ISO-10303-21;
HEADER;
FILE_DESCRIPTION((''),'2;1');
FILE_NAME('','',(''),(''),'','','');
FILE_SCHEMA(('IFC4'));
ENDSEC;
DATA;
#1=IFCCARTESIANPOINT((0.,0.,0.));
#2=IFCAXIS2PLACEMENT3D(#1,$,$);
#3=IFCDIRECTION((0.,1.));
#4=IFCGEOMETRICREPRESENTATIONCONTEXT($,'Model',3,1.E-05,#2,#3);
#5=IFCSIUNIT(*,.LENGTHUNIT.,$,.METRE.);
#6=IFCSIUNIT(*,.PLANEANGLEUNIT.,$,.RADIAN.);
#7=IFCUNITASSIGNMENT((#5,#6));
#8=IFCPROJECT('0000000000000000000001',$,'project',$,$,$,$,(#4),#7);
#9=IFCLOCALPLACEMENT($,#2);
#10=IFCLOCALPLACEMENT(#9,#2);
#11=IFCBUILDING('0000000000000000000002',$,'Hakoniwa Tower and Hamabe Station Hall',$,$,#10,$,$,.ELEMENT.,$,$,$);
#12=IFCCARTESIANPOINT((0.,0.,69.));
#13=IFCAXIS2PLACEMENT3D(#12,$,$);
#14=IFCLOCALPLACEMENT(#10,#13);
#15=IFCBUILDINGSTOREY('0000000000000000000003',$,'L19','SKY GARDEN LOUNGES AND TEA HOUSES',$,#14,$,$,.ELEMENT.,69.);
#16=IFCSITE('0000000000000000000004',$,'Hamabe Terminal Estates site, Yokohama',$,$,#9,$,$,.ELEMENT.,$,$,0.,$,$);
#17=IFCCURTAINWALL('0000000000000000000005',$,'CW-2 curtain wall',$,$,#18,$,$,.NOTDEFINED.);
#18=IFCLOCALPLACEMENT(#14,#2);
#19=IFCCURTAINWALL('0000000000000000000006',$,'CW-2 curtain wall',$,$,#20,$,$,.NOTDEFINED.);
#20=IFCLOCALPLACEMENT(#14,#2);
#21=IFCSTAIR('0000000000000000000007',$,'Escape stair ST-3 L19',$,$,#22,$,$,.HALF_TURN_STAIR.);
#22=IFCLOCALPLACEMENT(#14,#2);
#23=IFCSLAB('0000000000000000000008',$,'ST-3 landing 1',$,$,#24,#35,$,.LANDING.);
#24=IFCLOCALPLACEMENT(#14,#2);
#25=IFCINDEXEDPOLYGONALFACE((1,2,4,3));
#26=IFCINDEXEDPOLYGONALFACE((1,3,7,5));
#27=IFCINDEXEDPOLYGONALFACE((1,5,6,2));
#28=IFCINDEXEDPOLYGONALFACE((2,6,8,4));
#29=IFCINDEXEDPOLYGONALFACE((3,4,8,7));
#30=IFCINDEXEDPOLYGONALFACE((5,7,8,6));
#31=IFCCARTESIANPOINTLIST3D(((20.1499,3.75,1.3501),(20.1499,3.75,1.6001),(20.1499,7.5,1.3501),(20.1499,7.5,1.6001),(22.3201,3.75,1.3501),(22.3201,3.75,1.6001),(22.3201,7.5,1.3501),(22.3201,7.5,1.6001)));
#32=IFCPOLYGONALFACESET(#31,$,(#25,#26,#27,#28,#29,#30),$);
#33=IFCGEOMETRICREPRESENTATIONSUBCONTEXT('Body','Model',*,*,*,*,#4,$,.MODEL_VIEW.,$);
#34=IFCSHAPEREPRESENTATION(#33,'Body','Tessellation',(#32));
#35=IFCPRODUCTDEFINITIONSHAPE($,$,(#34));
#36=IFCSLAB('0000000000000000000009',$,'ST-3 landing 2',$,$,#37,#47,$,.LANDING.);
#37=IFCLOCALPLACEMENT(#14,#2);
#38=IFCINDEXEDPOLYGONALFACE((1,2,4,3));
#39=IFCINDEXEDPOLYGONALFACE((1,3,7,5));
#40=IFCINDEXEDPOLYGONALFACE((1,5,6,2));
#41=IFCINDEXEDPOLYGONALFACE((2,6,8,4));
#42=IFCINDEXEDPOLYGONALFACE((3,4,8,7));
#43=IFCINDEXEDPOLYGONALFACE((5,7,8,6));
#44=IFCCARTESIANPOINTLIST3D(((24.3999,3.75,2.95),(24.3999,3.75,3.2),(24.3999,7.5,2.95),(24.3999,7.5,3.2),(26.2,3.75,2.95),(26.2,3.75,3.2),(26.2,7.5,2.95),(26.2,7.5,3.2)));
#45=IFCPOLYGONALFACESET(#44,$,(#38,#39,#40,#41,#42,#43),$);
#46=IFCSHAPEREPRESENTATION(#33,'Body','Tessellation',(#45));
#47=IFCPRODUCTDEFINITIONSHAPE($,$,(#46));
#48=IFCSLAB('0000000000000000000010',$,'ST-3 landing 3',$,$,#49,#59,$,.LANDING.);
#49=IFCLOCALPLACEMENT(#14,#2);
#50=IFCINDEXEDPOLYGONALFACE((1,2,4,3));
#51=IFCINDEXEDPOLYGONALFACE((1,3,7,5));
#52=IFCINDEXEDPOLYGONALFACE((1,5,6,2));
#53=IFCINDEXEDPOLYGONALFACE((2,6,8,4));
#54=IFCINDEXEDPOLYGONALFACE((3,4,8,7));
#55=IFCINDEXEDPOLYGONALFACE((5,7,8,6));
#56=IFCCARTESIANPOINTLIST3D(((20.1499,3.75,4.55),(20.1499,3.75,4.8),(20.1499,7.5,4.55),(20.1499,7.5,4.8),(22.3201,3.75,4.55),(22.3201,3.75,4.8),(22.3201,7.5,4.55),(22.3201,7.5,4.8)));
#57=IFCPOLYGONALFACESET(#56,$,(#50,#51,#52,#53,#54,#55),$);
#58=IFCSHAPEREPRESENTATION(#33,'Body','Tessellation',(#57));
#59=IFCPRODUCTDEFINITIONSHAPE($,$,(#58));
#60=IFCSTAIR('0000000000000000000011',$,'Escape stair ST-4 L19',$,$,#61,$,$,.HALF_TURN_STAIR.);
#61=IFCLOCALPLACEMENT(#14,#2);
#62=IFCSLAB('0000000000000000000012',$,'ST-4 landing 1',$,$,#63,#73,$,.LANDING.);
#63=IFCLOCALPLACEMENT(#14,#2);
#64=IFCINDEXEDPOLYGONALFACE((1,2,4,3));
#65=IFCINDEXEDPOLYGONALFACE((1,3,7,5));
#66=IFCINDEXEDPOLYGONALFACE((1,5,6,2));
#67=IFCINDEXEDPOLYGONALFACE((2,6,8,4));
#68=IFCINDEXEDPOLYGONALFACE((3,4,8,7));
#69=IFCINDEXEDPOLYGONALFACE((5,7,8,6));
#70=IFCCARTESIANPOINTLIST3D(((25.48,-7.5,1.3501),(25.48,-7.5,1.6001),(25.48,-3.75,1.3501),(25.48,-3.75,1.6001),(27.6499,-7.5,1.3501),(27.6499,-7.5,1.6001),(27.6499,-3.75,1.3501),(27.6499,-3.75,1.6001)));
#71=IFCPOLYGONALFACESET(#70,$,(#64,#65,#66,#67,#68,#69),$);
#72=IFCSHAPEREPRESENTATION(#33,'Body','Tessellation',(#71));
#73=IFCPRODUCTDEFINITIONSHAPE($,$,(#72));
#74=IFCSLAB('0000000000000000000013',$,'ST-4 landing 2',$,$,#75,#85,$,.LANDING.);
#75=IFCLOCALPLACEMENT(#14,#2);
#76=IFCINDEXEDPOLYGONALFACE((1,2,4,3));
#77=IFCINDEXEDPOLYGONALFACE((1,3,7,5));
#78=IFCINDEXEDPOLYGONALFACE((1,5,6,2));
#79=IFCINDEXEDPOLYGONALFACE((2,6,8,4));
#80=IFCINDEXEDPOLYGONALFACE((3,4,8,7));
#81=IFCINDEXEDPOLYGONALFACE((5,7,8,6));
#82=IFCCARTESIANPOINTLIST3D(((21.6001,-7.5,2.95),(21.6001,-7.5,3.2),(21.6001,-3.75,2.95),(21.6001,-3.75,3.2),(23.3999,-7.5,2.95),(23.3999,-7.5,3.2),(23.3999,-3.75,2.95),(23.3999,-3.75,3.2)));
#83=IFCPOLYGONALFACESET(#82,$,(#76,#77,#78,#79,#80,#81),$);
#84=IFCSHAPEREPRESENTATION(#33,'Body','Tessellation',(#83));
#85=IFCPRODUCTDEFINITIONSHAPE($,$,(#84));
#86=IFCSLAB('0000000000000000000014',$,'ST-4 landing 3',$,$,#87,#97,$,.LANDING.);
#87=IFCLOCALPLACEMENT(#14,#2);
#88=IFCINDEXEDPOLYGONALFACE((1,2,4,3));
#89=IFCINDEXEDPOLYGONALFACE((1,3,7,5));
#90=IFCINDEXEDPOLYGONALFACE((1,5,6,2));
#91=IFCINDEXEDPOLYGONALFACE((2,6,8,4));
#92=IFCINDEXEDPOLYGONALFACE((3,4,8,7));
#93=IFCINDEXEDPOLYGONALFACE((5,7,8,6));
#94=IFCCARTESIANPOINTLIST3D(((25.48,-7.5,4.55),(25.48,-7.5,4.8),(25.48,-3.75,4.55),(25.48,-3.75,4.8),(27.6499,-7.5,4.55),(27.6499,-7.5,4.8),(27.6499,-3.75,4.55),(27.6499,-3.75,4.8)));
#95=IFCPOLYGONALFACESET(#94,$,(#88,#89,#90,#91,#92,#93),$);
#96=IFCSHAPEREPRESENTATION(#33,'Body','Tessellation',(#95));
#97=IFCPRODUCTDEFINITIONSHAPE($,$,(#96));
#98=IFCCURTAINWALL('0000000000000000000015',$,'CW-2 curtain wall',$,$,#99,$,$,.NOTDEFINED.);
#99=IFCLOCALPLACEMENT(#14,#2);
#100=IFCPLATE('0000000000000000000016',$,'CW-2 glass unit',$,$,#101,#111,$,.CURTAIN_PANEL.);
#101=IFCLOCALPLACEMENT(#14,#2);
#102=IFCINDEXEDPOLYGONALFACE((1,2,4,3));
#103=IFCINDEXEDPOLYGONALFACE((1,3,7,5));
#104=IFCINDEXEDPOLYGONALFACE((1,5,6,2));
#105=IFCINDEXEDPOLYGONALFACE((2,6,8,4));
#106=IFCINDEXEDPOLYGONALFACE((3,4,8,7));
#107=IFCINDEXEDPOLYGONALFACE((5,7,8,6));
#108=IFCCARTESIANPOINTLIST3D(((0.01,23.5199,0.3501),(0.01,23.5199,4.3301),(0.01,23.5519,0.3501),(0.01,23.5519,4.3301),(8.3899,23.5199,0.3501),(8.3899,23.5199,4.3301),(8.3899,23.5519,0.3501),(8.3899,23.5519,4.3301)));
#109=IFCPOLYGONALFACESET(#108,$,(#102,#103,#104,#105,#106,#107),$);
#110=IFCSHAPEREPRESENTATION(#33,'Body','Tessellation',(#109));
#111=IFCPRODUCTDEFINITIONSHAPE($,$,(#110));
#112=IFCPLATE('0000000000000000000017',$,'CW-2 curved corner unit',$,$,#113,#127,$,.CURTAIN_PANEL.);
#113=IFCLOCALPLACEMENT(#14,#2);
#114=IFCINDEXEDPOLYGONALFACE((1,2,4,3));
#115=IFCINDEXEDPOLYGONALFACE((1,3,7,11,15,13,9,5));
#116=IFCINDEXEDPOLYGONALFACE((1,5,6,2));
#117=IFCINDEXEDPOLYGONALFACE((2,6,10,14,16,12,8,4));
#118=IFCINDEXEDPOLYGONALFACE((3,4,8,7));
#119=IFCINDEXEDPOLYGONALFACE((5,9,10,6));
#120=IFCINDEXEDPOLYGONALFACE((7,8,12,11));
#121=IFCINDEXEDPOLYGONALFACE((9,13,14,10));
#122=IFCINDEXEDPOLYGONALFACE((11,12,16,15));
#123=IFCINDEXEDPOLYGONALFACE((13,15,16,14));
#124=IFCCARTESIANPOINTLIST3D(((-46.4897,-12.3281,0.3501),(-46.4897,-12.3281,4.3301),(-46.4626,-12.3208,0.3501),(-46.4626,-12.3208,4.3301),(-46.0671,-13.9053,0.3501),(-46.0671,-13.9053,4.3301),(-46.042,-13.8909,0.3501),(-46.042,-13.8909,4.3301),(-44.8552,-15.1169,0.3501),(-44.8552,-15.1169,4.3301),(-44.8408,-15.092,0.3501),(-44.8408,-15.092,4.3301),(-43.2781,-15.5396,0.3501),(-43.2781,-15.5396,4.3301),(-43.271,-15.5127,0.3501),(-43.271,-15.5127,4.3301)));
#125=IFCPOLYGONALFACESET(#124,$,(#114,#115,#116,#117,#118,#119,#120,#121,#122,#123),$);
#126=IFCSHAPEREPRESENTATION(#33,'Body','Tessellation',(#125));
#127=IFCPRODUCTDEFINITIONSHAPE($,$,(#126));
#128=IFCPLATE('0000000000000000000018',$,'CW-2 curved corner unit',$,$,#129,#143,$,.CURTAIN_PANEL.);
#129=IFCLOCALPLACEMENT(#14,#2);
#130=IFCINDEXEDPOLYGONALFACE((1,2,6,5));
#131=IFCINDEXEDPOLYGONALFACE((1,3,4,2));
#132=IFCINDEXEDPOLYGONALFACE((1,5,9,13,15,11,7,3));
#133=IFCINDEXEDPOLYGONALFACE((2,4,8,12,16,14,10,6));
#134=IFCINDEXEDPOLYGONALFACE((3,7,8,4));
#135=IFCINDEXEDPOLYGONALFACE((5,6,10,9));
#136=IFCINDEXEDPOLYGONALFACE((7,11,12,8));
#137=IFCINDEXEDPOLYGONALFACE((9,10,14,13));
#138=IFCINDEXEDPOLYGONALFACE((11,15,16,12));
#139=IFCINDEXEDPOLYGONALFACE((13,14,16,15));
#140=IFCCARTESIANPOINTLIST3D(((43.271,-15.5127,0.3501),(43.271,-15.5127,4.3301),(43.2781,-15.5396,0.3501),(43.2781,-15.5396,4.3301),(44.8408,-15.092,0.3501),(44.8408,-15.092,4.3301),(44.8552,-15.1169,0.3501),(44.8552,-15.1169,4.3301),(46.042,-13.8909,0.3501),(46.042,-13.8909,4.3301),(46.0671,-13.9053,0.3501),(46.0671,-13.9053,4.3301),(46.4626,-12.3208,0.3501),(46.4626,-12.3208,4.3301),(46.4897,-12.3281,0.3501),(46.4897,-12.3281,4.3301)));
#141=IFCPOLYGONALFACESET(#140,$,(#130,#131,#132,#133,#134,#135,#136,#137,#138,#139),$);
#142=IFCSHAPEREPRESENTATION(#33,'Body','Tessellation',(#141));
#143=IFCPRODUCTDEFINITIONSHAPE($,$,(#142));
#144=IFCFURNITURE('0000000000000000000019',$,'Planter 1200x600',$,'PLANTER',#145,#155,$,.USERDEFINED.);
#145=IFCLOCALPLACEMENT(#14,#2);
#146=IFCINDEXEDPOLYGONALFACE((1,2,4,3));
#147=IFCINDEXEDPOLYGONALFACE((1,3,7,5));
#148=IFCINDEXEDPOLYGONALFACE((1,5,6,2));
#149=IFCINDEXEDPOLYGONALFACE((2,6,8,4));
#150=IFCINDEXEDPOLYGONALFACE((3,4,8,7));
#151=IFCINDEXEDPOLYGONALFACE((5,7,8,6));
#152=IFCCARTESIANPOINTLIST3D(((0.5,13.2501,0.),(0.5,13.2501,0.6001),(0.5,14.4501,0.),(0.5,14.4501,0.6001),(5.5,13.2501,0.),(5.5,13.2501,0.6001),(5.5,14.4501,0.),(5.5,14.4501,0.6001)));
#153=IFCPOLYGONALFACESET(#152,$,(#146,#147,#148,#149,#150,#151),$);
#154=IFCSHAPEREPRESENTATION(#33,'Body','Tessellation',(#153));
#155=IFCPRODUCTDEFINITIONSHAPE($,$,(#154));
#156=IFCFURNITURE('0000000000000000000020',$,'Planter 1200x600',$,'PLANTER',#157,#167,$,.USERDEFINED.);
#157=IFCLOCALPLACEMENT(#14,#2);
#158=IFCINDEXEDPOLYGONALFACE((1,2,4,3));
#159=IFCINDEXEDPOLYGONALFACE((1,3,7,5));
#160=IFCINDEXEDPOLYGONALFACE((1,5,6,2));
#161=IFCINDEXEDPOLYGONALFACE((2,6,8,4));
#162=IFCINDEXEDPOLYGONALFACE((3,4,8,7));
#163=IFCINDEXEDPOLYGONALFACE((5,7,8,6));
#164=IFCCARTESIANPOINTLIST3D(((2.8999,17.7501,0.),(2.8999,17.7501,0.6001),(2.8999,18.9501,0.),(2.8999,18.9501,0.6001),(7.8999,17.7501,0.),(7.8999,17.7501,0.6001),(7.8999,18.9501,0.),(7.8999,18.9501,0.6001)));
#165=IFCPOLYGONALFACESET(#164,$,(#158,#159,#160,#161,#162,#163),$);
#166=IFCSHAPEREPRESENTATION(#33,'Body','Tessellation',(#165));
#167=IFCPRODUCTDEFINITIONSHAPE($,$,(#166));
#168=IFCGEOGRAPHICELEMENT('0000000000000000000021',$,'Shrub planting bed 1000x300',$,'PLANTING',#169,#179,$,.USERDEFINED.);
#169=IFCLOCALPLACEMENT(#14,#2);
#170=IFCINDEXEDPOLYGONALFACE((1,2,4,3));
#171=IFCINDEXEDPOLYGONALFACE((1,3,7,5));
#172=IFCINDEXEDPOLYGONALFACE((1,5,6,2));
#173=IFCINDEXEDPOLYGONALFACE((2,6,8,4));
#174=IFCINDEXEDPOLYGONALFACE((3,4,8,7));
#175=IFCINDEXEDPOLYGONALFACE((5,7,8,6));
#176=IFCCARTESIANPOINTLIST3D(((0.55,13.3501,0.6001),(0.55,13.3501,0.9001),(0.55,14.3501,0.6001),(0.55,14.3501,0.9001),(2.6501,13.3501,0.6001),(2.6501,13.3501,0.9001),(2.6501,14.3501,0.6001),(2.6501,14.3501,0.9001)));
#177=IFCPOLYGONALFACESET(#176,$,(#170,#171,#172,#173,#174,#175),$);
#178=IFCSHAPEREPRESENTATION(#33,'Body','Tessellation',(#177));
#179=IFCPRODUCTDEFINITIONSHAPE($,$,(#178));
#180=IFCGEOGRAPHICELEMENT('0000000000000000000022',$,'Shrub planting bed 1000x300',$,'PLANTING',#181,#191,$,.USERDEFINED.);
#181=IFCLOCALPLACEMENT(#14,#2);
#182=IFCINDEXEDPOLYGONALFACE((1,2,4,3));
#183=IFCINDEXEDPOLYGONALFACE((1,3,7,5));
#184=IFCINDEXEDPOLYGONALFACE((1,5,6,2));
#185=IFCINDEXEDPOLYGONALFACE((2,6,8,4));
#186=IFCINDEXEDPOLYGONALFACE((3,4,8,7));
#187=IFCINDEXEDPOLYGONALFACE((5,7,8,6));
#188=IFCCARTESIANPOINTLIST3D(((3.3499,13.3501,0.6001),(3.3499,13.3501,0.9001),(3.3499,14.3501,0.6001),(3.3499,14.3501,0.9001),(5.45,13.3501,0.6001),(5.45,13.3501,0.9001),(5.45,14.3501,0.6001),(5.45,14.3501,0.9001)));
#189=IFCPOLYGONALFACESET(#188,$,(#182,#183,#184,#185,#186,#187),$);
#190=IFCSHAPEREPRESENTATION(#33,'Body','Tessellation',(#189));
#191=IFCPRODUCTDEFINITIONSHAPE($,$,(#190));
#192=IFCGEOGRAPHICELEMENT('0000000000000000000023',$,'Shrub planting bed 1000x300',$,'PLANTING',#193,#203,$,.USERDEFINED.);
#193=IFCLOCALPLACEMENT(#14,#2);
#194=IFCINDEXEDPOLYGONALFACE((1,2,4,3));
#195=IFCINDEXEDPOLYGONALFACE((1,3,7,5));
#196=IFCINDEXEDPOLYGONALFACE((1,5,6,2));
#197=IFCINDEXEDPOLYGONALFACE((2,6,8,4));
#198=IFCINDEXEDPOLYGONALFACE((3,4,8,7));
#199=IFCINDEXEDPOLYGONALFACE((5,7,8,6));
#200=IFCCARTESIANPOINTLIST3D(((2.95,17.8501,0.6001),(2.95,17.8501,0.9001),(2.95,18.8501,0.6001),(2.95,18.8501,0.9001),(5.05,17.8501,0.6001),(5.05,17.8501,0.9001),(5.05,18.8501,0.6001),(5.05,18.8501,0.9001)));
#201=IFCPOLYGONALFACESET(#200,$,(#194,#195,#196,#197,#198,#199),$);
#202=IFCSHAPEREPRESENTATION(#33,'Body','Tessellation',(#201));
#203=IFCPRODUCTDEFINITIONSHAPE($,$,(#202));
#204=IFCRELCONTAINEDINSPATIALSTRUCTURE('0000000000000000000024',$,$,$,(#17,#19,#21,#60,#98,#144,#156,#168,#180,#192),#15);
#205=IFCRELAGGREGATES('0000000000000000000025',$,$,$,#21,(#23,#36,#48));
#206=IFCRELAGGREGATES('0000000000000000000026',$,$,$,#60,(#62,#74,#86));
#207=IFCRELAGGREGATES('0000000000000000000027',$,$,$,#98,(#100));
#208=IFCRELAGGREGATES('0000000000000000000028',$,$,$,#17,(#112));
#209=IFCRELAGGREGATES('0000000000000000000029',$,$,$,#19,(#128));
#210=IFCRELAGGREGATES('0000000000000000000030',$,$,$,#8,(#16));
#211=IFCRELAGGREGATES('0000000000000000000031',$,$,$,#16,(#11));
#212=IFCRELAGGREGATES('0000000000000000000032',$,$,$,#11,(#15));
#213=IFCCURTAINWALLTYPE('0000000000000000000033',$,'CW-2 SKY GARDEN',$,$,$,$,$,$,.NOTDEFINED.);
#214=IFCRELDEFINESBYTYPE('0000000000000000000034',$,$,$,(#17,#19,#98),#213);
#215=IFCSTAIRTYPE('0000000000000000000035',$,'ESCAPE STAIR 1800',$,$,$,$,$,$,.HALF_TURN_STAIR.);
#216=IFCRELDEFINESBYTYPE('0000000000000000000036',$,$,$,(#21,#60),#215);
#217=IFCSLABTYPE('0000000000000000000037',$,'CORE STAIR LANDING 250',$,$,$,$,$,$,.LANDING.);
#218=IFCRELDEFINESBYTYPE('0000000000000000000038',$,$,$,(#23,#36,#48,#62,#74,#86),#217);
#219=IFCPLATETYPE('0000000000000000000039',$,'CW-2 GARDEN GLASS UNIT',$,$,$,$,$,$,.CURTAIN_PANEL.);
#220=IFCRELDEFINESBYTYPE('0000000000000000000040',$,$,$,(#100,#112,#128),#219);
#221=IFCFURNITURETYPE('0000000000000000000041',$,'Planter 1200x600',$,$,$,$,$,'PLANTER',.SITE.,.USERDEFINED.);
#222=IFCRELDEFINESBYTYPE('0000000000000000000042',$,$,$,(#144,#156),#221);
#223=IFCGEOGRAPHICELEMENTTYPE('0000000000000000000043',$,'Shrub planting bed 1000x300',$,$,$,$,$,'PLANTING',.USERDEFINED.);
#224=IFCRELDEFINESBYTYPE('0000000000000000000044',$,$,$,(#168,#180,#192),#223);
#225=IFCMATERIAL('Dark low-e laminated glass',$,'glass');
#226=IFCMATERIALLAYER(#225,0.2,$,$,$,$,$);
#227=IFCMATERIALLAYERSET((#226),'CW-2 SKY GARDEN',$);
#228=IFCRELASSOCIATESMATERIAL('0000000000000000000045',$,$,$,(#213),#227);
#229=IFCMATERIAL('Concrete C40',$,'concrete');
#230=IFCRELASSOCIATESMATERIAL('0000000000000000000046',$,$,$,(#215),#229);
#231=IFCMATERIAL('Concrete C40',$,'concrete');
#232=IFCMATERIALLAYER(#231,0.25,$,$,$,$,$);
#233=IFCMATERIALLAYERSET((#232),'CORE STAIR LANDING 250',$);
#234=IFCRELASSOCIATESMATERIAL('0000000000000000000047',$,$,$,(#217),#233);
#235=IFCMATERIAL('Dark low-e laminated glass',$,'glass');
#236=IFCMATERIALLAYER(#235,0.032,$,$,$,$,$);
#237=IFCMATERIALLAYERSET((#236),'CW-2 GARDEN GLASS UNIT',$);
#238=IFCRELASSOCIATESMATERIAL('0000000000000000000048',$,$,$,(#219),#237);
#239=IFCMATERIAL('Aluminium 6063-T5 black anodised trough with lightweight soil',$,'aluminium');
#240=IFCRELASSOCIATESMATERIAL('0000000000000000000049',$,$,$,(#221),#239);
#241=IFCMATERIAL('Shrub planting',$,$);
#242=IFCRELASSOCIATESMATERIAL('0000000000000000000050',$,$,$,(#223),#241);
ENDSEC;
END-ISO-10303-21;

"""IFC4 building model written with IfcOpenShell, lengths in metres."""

from ifc_helpers import new_model, si_unit, direction, frame, origin, origin_2d, place, context, subcontext, project, spatial, polyline, rectangle, outline, extrude, material, layer, layer_set, type_object, element, aggregate, save


model = new_model("IFC4")

# Units and contexts
model_context = context("Model", 3, precision=1e-05, world=origin(), true_north=direction((0.0, 1.0)))
body_context = subcontext(model_context, "Body", "Model", "MODEL_VIEW")
ifc_project = project(units=[si_unit("LENGTHUNIT", "METRE"), si_unit("PLANEANGLEUNIT", "RADIAN")], contexts=[model_context])

# Site, building, storey
site_placement = place(None, origin())
site = spatial("IfcSite", under=ifc_project, at=site_placement, Name="Hamabe Terminal Estates site, Yokohama", CompositionType="ELEMENT", RefElevation=0.0)
building_placement = place(site_placement, origin())
building = spatial("IfcBuilding", under=site, at=building_placement, Name="Hakoniwa Tower and Hamabe Station Hall", CompositionType="ELEMENT")
storey_placement = place(building_placement, frame((0.0, 0.0, 69.0)))
storey = spatial("IfcBuildingStorey", under=building, at=storey_placement, Name="L19", Description="SKY GARDEN LOUNGES AND TEA HOUSES", CompositionType="ELEMENT", Elevation=69.0)

# Curtain walls
ifc_material_1 = material(Name="Dark low-e laminated glass", Category="glass")
ifc_layer_1 = layer(ifc_material_1, 0.2)
ifc_layer_set_1 = layer_set([ifc_layer_1], Name="CW-2 SKY GARDEN")
curtain_wall_type = type_object("IfcCurtainWallType", Name="CW-2 SKY GARDEN", PredefinedType="NOTDEFINED", material=ifc_layer_set_1)
curtain_wall_1_placement = place(storey_placement, origin())
curtain_wall_1 = element("IfcCurtainWall", 1, at=curtain_wall_1_placement, inside=storey, type_object=curtain_wall_type, Name="CW-2 curtain wall", PredefinedType="NOTDEFINED")
curtain_wall_2_placement = place(storey_placement, origin())
curtain_wall_2 = element("IfcCurtainWall", 2, at=curtain_wall_2_placement, inside=storey, type_object=curtain_wall_type, Name="CW-2 curtain wall", PredefinedType="NOTDEFINED")

# Stairs, slabs
ifc_material_2 = material(Name="Concrete C40", Category="concrete")
stair_type = type_object("IfcStairType", Name="ESCAPE STAIR 1800", PredefinedType="HALF_TURN_STAIR", material=ifc_material_2)
ifc_material_3 = material(Name="Concrete C40", Category="concrete")
ifc_layer_2 = layer(ifc_material_3, 0.25)
ifc_layer_set_2 = layer_set([ifc_layer_2], Name="CORE STAIR LANDING 250")
slab_type = type_object("IfcSlabType", Name="CORE STAIR LANDING 250", PredefinedType="LANDING", material=ifc_layer_set_2)
stair_1_placement = place(storey_placement, origin())
stair_1 = element("IfcStair", 3, at=stair_1_placement, inside=storey, type_object=stair_type, Name="Escape stair ST-3 L19", PredefinedType="HALF_TURN_STAIR")
slab_1_placement = place(storey_placement, frame((0.0, 0.0, 1.3501)))
slab_1 = element("IfcSlab", 4, at=slab_1_placement, type_object=slab_type, Name="ST-3 landing 1", PredefinedType="LANDING", context=body_context, shape_type="SweptSolid", body=[
    extrude(outline(polyline([(22.3201, 3.75), (20.1499, 3.75), (20.1499, 7.5), (22.3201, 7.5), (22.3201, 3.75)])), origin(), (0.0, 0.0, 1.0), 0.25),
])
slab_2_placement = place(storey_placement, frame((0.0, 0.0, 2.95)))
slab_2 = element("IfcSlab", 5, at=slab_2_placement, type_object=slab_type, Name="ST-3 landing 2", PredefinedType="LANDING", context=body_context, shape_type="SweptSolid", body=[
    extrude(outline(polyline([(26.2, 3.75), (24.3999, 3.75), (24.3999, 7.5), (26.2, 7.5), (26.2, 3.75)])), origin(), (0.0, 0.0, 1.0), 0.25),
])
slab_3_placement = place(storey_placement, frame((0.0, 0.0, 4.55)))
slab_3 = element("IfcSlab", 6, at=slab_3_placement, type_object=slab_type, Name="ST-3 landing 3", PredefinedType="LANDING", context=body_context, shape_type="SweptSolid", body=[
    extrude(outline(polyline([(22.3201, 3.75), (20.1499, 3.75), (20.1499, 7.5), (22.3201, 7.5), (22.3201, 3.75)])), origin(), (0.0, 0.0, 1.0), 0.25),
])
aggregate(stair_1, [slab_1, slab_2, slab_3])
stair_2_placement = place(storey_placement, origin())
stair_2 = element("IfcStair", 7, at=stair_2_placement, inside=storey, type_object=stair_type, Name="Escape stair ST-4 L19", PredefinedType="HALF_TURN_STAIR")
slab_4_placement = place(storey_placement, frame((0.0, 0.0, 1.3501)))
slab_4 = element("IfcSlab", 8, at=slab_4_placement, type_object=slab_type, Name="ST-4 landing 1", PredefinedType="LANDING", context=body_context, shape_type="SweptSolid", body=[
    extrude(outline(polyline([(25.48, -7.5), (27.6499, -7.5), (27.6499, -3.75), (25.48, -3.75), (25.48, -7.5)])), origin(), (0.0, 0.0, 1.0), 0.25),
])
slab_5_placement = place(storey_placement, frame((0.0, 0.0, 2.95)))
slab_5 = element("IfcSlab", 9, at=slab_5_placement, type_object=slab_type, Name="ST-4 landing 2", PredefinedType="LANDING", context=body_context, shape_type="SweptSolid", body=[
    extrude(outline(polyline([(21.6001, -7.5), (23.3999, -7.5), (23.3999, -3.75), (21.6001, -3.75), (21.6001, -7.5)])), origin(), (0.0, 0.0, 1.0), 0.25),
])
slab_6_placement = place(storey_placement, frame((0.0, 0.0, 4.55)))
slab_6 = element("IfcSlab", 10, at=slab_6_placement, type_object=slab_type, Name="ST-4 landing 3", PredefinedType="LANDING", context=body_context, shape_type="SweptSolid", body=[
    extrude(outline(polyline([(25.48, -7.5), (27.6499, -7.5), (27.6499, -3.75), (25.48, -3.75), (25.48, -7.5)])), origin(), (0.0, 0.0, 1.0), 0.25),
])
aggregate(stair_2, [slab_4, slab_5, slab_6])

# Curtain wall, plate
curtain_wall_3_placement = place(storey_placement, origin())
curtain_wall_3 = element("IfcCurtainWall", 11, at=curtain_wall_3_placement, inside=storey, type_object=curtain_wall_type, Name="CW-2 curtain wall", PredefinedType="NOTDEFINED")
ifc_material_4 = material(Name="Dark low-e laminated glass", Category="glass")
ifc_layer_3 = layer(ifc_material_4, 0.032)
ifc_layer_set_3 = layer_set([ifc_layer_3], Name="CW-2 GARDEN GLASS UNIT")
plate_type = type_object("IfcPlateType", Name="CW-2 GARDEN GLASS UNIT", PredefinedType="CURTAIN_PANEL", material=ifc_layer_set_3)
plate_1_placement = place(storey_placement, frame((4.2, 23.5359, 0.3501), z_axis=(0.0, 0.0, 1.0), x_axis=(-1.0, 0.0, 0.0)))
plate_1 = element("IfcPlate", 12, at=plate_1_placement, type_object=plate_type, Name="CW-2 glass unit", PredefinedType="CURTAIN_PANEL", context=body_context, shape_type="SweptSolid", body=[
    extrude(rectangle(XDim=8.3799, YDim=0.032, at=origin_2d()), origin(), (0.0, 0.0, 1.0), 3.98),
])
aggregate(curtain_wall_3, [plate_1])

# Plates
plate_2_placement = place(storey_placement, frame((0.0, 0.0, 0.3501)))
plate_2 = element("IfcPlate", 13, at=plate_2_placement, type_object=plate_type, Name="CW-2 curved corner unit", PredefinedType="CURTAIN_PANEL", context=body_context, shape_type="SweptSolid", body=[
    extrude(outline(polyline([(-46.4897, -12.3281), (-46.0671, -13.9053), (-44.8552, -15.1169), (-43.2781, -15.5396), (-43.271, -15.5127), (-44.8408, -15.092), (-46.042, -13.8909), (-46.4626, -12.3208), (-46.4897, -12.3281)])), origin(), (0.0, 0.0, 1.0), 3.98),
])
aggregate(curtain_wall_1, [plate_2])
plate_3_placement = place(storey_placement, frame((0.0, 0.0, 0.3501)))
plate_3 = element("IfcPlate", 14, at=plate_3_placement, type_object=plate_type, Name="CW-2 curved corner unit", PredefinedType="CURTAIN_PANEL", context=body_context, shape_type="SweptSolid", body=[
    extrude(outline(polyline([(43.2781, -15.5396), (44.8552, -15.1169), (46.0671, -13.9053), (46.4897, -12.3281), (46.4626, -12.3208), (46.042, -13.8909), (44.8408, -15.092), (43.271, -15.5127), (43.2781, -15.5396)])), origin(), (0.0, 0.0, 1.0), 3.98),
])
aggregate(curtain_wall_2, [plate_3])

# Furniture
ifc_material_5 = material(Name="Aluminium 6063-T5 black anodised trough with lightweight soil", Category="aluminium")
furniture_type = type_object("IfcFurnitureType", Name="Planter 1200x600", ElementType="PLANTER", AssemblyPlace="SITE", PredefinedType="USERDEFINED", material=ifc_material_5)
for number, where, z_axis, x_axis, name in (
    (15, (3.0, 13.8501, 0.0), (0.0, 0.0, 1.0), (1.0, 0.0, 0.0), "Planter 1200x600"),
    (16, (5.3999, 18.3501, 0.0), (0.0, 0.0, 1.0), (1.0, 0.0, 0.0), "Planter 1200x600"),
):
    element("IfcFurniture", number, at=place(storey_placement, frame(where, z_axis=z_axis, x_axis=x_axis)), inside=storey, type_object=furniture_type, Name=name, ObjectType="PLANTER", PredefinedType="USERDEFINED", context=body_context, shape_type="SweptSolid", body=[
        extrude(rectangle(XDim=5.0, YDim=1.2, at=origin_2d()), origin(), (0.0, 0.0, 1.0), 0.6001),
    ])

# Geographic elements
ifc_material_6 = material(Name="Shrub planting")
geographic_element_type = type_object("IfcGeographicElementType", Name="Shrub planting bed 1000x300", ElementType="PLANTING", PredefinedType="USERDEFINED", material=ifc_material_6)
for number, where, z_axis, x_axis, name in (
    (17, (1.6001, 13.8501, 0.6001), (0.0, 0.0, 1.0), (1.0, 0.0, 0.0), "Shrub planting bed 1000x300"),
    (18, (4.3999, 13.8501, 0.6001), (0.0, 0.0, 1.0), (1.0, 0.0, 0.0), "Shrub planting bed 1000x300"),
    (19, (4.0, 18.3501, 0.6001), (0.0, 0.0, 1.0), (1.0, 0.0, 0.0), "Shrub planting bed 1000x300"),
):
    element("IfcGeographicElement", number, at=place(storey_placement, frame(where, z_axis=z_axis, x_axis=x_axis)), inside=storey, type_object=geographic_element_type, Name=name, ObjectType="PLANTING", PredefinedType="USERDEFINED", context=body_context, shape_type="SweptSolid", body=[
        extrude(rectangle(XDim=2.1001, YDim=1.0, at=origin_2d()), origin(), (0.0, 0.0, 1.0), 0.3),
    ])

save(model, "model.ifc")
